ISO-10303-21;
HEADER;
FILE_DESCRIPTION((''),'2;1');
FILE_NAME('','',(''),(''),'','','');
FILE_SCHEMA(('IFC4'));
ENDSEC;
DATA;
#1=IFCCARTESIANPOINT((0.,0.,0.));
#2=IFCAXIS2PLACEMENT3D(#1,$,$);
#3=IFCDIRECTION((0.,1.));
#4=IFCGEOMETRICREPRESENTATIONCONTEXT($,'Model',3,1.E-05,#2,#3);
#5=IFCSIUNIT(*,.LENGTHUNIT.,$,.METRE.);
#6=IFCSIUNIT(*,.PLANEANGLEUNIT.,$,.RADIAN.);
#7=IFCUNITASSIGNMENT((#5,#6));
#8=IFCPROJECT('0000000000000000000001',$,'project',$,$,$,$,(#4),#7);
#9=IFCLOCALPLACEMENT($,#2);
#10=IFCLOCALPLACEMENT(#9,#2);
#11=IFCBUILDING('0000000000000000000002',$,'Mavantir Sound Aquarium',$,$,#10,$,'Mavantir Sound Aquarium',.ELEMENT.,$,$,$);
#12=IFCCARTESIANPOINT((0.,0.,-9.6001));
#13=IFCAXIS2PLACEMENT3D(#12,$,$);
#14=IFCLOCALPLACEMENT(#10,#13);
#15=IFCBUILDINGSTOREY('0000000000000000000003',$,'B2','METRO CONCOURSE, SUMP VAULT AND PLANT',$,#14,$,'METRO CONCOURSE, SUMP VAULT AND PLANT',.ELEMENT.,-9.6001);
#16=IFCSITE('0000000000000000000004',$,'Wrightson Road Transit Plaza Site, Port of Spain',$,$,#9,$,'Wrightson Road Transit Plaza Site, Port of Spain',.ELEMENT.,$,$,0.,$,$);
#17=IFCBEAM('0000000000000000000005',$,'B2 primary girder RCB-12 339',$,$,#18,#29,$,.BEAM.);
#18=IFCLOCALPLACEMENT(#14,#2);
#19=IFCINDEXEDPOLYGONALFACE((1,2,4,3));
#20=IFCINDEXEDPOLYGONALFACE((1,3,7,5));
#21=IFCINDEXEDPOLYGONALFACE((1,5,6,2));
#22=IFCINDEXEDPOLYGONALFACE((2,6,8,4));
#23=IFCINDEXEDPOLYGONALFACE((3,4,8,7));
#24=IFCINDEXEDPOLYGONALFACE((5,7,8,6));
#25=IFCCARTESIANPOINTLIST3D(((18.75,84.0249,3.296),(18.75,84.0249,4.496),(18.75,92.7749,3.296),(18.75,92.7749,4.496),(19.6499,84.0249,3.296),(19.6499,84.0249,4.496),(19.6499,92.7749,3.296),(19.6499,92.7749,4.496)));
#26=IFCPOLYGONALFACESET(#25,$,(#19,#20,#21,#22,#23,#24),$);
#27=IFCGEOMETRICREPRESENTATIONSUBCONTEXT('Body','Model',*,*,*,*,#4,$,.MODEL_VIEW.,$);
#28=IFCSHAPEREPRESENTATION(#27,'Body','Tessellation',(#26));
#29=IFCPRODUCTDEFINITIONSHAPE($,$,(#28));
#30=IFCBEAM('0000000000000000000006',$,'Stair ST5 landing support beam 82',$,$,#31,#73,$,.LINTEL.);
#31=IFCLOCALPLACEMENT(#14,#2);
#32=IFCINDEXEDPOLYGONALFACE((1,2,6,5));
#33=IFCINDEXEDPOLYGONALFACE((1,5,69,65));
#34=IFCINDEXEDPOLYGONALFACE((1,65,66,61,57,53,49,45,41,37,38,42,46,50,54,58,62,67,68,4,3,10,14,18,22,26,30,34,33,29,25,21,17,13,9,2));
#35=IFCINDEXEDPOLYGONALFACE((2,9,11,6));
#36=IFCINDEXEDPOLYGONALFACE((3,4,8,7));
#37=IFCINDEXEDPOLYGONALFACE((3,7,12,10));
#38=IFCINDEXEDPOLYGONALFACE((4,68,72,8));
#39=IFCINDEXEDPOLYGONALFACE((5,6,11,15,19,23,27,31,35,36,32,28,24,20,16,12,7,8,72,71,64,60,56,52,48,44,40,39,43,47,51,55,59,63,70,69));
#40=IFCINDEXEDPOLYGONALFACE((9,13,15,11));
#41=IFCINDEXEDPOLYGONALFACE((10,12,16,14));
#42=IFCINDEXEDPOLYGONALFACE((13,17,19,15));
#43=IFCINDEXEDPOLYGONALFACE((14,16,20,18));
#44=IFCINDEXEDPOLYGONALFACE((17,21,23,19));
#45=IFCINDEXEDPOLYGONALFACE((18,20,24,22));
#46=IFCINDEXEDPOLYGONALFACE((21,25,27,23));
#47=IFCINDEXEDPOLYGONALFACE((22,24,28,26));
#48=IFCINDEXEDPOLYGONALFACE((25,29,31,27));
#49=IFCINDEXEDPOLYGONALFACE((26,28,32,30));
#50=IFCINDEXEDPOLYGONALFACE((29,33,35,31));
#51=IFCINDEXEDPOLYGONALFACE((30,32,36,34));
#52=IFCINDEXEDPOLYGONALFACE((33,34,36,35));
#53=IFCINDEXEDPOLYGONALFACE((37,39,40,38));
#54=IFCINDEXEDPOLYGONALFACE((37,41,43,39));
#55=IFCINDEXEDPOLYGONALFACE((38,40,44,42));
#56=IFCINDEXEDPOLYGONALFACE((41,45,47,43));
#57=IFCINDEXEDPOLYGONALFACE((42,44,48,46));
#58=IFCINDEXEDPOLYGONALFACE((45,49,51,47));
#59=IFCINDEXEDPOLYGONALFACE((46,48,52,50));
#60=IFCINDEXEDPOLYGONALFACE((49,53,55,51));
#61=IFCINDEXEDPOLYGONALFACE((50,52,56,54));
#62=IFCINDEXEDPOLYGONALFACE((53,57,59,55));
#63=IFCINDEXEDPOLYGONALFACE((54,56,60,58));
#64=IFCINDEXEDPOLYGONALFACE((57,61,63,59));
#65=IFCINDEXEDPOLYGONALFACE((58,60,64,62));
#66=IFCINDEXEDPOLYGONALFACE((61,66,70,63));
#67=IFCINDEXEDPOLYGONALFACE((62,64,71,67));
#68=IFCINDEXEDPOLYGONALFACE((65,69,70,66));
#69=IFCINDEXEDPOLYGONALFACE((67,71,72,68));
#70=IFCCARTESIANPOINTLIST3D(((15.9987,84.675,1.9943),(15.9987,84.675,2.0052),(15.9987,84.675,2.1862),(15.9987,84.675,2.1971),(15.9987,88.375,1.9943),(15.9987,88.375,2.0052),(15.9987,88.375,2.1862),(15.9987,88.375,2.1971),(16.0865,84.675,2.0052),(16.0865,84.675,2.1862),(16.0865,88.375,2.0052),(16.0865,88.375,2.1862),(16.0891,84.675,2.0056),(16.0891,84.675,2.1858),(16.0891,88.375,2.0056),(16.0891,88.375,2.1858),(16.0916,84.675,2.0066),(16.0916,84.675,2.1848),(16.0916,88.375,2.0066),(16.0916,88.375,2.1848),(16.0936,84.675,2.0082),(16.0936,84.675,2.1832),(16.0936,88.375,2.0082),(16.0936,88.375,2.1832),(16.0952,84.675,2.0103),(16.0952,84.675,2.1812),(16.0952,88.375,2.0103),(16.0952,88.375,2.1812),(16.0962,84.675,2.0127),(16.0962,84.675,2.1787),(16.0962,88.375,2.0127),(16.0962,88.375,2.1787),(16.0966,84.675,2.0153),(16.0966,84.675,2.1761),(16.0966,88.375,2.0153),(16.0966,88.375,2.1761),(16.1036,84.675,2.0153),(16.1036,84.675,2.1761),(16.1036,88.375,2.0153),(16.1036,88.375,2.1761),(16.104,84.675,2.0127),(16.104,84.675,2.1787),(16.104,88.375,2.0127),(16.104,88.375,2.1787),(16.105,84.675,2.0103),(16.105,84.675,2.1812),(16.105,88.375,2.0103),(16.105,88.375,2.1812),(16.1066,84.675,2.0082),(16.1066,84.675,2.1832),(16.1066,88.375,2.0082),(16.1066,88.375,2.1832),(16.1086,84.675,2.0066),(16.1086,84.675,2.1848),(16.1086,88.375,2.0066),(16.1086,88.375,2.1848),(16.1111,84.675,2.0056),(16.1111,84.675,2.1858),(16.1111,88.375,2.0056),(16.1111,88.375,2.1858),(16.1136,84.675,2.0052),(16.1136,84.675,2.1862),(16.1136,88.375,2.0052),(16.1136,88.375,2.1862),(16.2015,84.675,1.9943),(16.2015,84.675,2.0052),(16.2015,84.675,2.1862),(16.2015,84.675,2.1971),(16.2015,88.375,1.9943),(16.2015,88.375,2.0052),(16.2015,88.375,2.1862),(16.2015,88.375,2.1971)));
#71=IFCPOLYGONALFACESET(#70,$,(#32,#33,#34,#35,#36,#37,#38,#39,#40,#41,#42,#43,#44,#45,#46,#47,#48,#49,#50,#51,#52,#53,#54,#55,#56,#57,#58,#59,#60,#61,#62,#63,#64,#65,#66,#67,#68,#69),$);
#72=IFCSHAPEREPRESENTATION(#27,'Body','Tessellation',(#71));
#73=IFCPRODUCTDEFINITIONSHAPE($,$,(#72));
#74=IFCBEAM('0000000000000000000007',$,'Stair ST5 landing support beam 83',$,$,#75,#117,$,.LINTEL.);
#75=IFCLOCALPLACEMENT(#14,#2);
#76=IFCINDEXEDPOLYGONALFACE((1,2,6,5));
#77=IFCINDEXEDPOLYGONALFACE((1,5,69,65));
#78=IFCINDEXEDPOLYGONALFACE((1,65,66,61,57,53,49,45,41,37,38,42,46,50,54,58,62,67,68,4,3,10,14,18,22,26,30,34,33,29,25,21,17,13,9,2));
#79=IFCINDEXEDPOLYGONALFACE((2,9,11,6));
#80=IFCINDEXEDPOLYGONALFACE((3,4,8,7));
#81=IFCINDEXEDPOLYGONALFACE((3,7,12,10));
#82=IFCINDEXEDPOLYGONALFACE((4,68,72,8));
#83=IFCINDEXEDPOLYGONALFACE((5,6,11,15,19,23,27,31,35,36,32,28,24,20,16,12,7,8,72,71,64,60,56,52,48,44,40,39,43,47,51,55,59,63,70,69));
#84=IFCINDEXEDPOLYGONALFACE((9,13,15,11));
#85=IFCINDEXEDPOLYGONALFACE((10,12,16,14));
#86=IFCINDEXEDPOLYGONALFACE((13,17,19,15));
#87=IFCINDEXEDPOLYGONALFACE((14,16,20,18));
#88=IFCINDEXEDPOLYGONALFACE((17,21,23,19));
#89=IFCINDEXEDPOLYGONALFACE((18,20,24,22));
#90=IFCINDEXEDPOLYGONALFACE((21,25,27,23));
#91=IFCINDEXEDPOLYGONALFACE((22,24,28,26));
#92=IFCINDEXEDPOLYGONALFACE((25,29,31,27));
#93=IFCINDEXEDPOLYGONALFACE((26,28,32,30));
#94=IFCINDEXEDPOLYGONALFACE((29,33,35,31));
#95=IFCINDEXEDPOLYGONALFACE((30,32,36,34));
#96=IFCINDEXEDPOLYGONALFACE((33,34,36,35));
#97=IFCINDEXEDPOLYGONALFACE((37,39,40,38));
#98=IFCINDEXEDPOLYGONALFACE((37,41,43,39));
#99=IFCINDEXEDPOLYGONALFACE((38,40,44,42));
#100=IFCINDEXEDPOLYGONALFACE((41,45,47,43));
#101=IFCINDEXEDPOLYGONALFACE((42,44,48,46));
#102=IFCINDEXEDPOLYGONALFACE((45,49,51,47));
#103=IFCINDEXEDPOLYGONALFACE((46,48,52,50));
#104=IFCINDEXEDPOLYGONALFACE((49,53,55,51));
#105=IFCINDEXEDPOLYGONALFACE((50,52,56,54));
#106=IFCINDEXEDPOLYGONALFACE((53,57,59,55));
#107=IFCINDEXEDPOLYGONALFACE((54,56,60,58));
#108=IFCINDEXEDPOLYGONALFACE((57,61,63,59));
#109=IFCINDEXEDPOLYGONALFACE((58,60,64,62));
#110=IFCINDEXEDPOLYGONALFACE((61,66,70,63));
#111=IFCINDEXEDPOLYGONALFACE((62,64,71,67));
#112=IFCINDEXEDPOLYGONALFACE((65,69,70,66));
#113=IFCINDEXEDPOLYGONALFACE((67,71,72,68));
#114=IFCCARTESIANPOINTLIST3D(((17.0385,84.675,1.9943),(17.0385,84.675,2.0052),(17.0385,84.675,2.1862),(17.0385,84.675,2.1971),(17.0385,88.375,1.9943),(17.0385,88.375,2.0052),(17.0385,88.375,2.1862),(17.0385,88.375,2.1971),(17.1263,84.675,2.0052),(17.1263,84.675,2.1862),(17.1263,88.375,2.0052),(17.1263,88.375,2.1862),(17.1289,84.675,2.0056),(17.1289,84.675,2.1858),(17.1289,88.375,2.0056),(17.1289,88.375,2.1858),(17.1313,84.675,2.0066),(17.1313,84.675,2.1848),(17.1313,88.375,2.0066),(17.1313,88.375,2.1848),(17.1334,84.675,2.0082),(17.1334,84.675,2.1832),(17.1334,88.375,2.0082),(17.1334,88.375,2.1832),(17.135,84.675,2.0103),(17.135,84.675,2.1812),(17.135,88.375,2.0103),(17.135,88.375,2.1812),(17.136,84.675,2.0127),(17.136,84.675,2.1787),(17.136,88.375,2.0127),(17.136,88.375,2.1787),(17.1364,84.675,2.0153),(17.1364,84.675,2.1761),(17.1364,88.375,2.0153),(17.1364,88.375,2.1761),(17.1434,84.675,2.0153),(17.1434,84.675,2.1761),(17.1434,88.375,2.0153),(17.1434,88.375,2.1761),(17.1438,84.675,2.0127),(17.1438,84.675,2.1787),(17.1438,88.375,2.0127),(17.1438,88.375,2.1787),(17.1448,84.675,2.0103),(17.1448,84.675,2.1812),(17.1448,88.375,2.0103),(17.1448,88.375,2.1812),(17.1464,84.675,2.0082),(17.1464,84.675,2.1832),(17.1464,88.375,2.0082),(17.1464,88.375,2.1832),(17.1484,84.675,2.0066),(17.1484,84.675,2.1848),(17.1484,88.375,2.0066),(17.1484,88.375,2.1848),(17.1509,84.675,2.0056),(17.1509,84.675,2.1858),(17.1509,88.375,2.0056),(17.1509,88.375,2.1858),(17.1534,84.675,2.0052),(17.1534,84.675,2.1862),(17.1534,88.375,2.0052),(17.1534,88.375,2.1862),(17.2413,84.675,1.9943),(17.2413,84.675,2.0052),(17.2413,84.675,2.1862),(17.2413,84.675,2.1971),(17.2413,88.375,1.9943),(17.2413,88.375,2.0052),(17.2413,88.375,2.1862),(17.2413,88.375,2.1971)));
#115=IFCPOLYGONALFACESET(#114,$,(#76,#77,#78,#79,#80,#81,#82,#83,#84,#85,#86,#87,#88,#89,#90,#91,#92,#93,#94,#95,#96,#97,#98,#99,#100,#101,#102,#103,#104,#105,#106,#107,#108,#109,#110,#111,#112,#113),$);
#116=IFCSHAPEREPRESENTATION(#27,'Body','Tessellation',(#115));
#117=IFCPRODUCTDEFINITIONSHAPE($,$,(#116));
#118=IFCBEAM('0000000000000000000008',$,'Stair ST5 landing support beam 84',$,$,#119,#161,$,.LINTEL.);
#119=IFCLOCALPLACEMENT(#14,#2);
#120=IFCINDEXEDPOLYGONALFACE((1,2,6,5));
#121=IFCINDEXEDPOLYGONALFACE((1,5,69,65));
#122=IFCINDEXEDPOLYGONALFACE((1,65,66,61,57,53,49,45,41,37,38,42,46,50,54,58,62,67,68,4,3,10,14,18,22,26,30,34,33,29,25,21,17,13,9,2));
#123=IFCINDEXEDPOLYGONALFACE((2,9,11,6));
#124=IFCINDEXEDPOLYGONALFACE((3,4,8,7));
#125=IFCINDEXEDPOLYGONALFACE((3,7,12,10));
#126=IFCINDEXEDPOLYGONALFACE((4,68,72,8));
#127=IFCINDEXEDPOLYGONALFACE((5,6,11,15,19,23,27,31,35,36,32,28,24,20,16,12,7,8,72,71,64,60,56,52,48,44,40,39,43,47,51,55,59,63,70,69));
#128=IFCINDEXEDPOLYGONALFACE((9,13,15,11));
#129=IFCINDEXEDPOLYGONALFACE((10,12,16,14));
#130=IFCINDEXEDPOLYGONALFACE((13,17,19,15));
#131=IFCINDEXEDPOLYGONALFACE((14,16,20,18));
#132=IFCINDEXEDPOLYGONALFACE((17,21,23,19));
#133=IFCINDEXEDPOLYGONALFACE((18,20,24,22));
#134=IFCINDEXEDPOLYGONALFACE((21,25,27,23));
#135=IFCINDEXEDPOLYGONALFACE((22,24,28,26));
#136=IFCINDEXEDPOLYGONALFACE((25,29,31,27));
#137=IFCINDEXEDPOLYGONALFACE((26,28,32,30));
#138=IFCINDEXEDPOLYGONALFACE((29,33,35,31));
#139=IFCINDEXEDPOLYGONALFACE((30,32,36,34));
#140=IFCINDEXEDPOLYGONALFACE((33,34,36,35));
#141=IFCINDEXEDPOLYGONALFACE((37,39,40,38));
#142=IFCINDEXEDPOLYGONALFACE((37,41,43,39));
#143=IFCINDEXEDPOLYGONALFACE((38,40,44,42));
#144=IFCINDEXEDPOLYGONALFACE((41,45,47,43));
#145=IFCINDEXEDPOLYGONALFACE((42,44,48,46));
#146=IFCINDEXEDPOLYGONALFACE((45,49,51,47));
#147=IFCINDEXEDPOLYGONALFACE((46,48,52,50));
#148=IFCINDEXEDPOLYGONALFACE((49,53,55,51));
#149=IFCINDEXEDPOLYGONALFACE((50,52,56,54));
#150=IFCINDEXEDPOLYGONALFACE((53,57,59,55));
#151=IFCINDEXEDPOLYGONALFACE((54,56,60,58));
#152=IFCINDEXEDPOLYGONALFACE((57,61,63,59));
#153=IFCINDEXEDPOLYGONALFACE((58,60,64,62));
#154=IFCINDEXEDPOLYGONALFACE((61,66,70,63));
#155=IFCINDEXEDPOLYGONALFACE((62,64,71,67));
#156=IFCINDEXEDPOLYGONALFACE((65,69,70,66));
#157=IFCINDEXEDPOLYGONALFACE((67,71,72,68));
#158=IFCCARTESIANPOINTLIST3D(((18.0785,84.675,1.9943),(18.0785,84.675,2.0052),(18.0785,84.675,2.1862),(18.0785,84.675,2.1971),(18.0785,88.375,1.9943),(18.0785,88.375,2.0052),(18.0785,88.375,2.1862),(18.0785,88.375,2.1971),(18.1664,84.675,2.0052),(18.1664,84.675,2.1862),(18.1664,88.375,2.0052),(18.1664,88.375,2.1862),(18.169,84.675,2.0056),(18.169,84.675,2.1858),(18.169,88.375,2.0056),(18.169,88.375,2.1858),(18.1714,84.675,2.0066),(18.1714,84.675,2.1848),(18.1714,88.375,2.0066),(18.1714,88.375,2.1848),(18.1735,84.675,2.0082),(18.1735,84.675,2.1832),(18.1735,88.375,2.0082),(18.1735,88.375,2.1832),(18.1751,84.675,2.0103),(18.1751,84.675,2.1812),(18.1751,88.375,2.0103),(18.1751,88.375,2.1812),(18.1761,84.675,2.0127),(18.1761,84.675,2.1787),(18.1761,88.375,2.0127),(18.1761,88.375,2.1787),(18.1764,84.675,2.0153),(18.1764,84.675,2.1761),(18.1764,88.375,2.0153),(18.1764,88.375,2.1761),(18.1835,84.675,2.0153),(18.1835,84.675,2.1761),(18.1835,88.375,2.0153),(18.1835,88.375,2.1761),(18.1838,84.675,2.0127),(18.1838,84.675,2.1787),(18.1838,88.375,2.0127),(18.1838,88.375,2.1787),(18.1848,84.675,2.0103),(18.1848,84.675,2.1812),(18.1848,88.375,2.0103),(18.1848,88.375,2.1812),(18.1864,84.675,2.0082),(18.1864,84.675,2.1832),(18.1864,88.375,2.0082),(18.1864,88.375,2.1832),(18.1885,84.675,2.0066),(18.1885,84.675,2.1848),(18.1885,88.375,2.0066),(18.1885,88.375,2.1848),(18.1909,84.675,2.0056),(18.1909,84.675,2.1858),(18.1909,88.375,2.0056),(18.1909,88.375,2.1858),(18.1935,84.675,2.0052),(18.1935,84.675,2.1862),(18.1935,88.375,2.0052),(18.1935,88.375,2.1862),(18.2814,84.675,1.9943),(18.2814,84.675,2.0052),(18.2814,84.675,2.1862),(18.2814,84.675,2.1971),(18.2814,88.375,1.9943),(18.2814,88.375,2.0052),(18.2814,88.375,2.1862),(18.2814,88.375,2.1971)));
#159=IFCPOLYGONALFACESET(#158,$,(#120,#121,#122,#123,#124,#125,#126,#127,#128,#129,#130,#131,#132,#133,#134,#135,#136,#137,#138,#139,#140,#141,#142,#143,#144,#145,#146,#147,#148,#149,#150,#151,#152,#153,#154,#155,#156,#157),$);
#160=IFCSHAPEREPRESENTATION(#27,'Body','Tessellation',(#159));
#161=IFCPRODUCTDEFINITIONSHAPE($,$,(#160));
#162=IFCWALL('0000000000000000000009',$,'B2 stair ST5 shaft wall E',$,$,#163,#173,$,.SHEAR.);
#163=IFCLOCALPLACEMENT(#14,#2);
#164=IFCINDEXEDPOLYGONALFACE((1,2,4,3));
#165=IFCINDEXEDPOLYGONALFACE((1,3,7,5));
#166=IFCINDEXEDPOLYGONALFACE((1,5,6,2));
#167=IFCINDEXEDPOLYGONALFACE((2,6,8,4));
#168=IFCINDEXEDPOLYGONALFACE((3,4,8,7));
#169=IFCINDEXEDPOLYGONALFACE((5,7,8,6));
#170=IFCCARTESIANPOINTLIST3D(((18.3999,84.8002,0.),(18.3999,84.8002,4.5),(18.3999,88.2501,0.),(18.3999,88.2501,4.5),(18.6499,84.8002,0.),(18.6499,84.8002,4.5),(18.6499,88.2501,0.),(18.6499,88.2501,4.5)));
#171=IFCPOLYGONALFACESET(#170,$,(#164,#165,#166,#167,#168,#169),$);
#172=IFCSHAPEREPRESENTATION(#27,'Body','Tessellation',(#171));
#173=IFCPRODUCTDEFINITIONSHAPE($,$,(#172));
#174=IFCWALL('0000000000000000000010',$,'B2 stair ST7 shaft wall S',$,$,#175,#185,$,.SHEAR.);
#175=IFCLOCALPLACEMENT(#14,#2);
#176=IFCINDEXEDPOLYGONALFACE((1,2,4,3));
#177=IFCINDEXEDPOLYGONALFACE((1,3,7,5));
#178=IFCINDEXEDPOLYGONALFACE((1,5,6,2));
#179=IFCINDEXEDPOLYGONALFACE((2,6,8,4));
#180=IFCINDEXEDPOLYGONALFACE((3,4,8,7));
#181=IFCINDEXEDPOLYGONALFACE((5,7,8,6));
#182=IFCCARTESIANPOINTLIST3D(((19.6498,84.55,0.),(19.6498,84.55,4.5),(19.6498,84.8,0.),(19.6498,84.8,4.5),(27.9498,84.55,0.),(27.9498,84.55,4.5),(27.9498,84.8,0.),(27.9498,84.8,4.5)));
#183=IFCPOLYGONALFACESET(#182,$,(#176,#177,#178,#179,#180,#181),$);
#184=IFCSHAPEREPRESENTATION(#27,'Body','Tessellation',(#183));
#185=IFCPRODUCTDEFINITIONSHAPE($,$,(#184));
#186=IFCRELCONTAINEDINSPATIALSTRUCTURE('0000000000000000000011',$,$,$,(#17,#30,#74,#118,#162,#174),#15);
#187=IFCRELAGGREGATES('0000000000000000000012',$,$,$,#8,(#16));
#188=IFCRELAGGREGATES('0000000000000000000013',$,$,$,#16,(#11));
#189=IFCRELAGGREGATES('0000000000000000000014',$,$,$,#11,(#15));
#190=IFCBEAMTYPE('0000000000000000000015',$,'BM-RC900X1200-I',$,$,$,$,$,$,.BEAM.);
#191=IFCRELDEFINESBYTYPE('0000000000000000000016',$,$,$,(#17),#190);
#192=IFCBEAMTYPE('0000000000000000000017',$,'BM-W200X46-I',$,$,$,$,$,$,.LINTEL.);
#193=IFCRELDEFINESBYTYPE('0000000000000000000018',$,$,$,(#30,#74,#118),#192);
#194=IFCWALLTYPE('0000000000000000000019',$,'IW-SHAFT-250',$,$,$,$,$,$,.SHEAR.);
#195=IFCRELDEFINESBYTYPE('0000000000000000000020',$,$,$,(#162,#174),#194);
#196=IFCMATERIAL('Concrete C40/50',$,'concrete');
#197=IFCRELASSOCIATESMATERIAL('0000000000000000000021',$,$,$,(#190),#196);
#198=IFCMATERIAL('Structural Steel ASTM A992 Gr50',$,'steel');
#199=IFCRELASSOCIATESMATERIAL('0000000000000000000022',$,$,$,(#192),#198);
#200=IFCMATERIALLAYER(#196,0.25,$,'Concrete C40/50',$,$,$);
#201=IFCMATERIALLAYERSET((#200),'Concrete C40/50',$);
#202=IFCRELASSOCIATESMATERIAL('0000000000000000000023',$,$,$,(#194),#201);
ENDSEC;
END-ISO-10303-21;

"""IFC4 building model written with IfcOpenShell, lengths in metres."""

from ifc_helpers import new_model, si_unit, direction, frame, frame_2d, origin, origin_2d, place, context, subcontext, project, spatial, rectangle, i_section, extrude, material, layer, layer_set, material_profile, profile_set, type_object, element, save


model = new_model("IFC4")

# Units and contexts
model_context = context("Model", 3, precision=1e-05, world=origin(), true_north=direction((0.0, 1.0)))
body_context = subcontext(model_context, "Body", "Model", "MODEL_VIEW")
ifc_project = project(units=[si_unit("LENGTHUNIT", "METRE"), si_unit("PLANEANGLEUNIT", "RADIAN")], contexts=[model_context])

# Site, building, storey
site_placement = place(None, origin())
site = spatial("IfcSite", under=ifc_project, at=site_placement, Name="Wrightson Road Transit Plaza Site, Port of Spain", LongName="Wrightson Road Transit Plaza Site, Port of Spain", CompositionType="ELEMENT", RefElevation=0.0)
building_placement = place(site_placement, origin())
building = spatial("IfcBuilding", under=site, at=building_placement, Name="Mavantir Sound Aquarium", LongName="Mavantir Sound Aquarium", CompositionType="ELEMENT")
storey_placement = place(building_placement, frame((0.0, 0.0, -9.6001)))
storey = spatial("IfcBuildingStorey", under=building, at=storey_placement, Name="B2", Description="METRO CONCOURSE, SUMP VAULT AND PLANT", LongName="METRO CONCOURSE, SUMP VAULT AND PLANT", CompositionType="ELEMENT", Elevation=-9.6001)

# Shared definitions
ifc_material_1 = material(Name="Concrete C40/50", Category="concrete")

# Beams
ifc_material_profile_1 = material_profile(ifc_material_1, rectangle(XDim=0.8999, YDim=1.2, at=origin_2d()), Name="RC 900X1200")
ifc_profile_set_1 = profile_set([ifc_material_profile_1], Name="Concrete C40/50")
beam_type_1 = type_object("IfcBeamType", Name="BM-RC900X1200-I", PredefinedType="BEAM", material=ifc_profile_set_1)
beam_1_placement = place(storey_placement, frame((19.2, 84.0249, 3.896), z_axis=(0.0, 1.0, 0.0), x_axis=(-1.0, 0.0, 0.0)))
element("IfcBeam", 1, at=beam_1_placement, inside=storey, type_object=beam_type_1, Name="B2 primary girder RCB-12 339", PredefinedType="BEAM", context=body_context, shape_type="SweptSolid", body=[
    extrude(rectangle(XDim=0.8999, YDim=1.2, at=origin_2d()), origin(), (0.0, 0.0, 1.0), 8.75),
])
ifc_material_2 = material(Name="Structural Steel ASTM A992 Gr50", Category="steel")
ifc_material_profile_2 = material_profile(ifc_material_2, i_section(OverallWidth=0.2029, OverallDepth=0.2029, WebThickness=0.0071, FlangeThickness=0.011, FilletRadius=0.01, at=origin_2d()), Name="W200X46")
ifc_profile_set_2 = profile_set([ifc_material_profile_2], Name="Structural Steel ASTM A992 Gr50")
beam_type_2 = type_object("IfcBeamType", Name="BM-W200X46-I", PredefinedType="LINTEL", material=ifc_profile_set_2)
for number, where, z_axis, x_axis, name in (
    (2, (16.1001, 84.675, 2.0957), (0.0, 1.0, 0.0), (-1.0, 0.0, 0.0), "Stair ST5 landing support beam 82"),
    (3, (17.1399, 84.675, 2.0957), (0.0, 1.0, 0.0), (-1.0, 0.0, 0.0), "Stair ST5 landing support beam 83"),
    (4, (18.1799, 84.675, 2.0957), (0.0, 1.0, 0.0), (-1.0, 0.0, 0.0), "Stair ST5 landing support beam 84"),
):
    element("IfcBeam", number, at=place(storey_placement, frame(where, z_axis=z_axis, x_axis=x_axis)), inside=storey, type_object=beam_type_2, Name=name, PredefinedType="LINTEL", context=body_context, shape_type="SweptSolid", body=[
        extrude(i_section(OverallWidth=0.2029, OverallDepth=0.2029, WebThickness=0.0071, FlangeThickness=0.011, FilletRadius=0.01, at=origin_2d()), origin(), (0.0, 0.0, 1.0), 3.7),
    ])

# Walls
ifc_layer = layer(ifc_material_1, 0.25, Name="Concrete C40/50")
ifc_layer_set = layer_set([ifc_layer], Name="Concrete C40/50")
wall_type = type_object("IfcWallType", Name="IW-SHAFT-250", PredefinedType="SHEAR", material=ifc_layer_set)
wall_1_placement = place(storey_placement, frame((18.5249, 84.8, 0.0), z_axis=(0.0, 0.0, 1.0), x_axis=(0.0, 1.0, 0.0)))
element("IfcWall", 5, at=wall_1_placement, inside=storey, type_object=wall_type, Name="B2 stair ST5 shaft wall E", PredefinedType="SHEAR", context=body_context, shape_type="SweptSolid", body=[
    extrude(rectangle(XDim=3.45, YDim=0.25, at=frame_2d((1.7251, 0.0))), origin(), (0.0, 0.0, 1.0), 4.5),
])
wall_2_placement = place(storey_placement, frame((19.6499, 84.675, 0.0), z_axis=(0.0, 0.0, 1.0), x_axis=(1.0, 0.0, 0.0)))
element("IfcWall", 6, at=wall_2_placement, inside=storey, type_object=wall_type, Name="B2 stair ST7 shaft wall S", PredefinedType="SHEAR", context=body_context, shape_type="SweptSolid", body=[
    extrude(rectangle(XDim=8.3, YDim=0.25, at=frame_2d((4.1499, 0.0))), origin(), (0.0, 0.0, 1.0), 4.5),
])

save(model, "model.ifc")
